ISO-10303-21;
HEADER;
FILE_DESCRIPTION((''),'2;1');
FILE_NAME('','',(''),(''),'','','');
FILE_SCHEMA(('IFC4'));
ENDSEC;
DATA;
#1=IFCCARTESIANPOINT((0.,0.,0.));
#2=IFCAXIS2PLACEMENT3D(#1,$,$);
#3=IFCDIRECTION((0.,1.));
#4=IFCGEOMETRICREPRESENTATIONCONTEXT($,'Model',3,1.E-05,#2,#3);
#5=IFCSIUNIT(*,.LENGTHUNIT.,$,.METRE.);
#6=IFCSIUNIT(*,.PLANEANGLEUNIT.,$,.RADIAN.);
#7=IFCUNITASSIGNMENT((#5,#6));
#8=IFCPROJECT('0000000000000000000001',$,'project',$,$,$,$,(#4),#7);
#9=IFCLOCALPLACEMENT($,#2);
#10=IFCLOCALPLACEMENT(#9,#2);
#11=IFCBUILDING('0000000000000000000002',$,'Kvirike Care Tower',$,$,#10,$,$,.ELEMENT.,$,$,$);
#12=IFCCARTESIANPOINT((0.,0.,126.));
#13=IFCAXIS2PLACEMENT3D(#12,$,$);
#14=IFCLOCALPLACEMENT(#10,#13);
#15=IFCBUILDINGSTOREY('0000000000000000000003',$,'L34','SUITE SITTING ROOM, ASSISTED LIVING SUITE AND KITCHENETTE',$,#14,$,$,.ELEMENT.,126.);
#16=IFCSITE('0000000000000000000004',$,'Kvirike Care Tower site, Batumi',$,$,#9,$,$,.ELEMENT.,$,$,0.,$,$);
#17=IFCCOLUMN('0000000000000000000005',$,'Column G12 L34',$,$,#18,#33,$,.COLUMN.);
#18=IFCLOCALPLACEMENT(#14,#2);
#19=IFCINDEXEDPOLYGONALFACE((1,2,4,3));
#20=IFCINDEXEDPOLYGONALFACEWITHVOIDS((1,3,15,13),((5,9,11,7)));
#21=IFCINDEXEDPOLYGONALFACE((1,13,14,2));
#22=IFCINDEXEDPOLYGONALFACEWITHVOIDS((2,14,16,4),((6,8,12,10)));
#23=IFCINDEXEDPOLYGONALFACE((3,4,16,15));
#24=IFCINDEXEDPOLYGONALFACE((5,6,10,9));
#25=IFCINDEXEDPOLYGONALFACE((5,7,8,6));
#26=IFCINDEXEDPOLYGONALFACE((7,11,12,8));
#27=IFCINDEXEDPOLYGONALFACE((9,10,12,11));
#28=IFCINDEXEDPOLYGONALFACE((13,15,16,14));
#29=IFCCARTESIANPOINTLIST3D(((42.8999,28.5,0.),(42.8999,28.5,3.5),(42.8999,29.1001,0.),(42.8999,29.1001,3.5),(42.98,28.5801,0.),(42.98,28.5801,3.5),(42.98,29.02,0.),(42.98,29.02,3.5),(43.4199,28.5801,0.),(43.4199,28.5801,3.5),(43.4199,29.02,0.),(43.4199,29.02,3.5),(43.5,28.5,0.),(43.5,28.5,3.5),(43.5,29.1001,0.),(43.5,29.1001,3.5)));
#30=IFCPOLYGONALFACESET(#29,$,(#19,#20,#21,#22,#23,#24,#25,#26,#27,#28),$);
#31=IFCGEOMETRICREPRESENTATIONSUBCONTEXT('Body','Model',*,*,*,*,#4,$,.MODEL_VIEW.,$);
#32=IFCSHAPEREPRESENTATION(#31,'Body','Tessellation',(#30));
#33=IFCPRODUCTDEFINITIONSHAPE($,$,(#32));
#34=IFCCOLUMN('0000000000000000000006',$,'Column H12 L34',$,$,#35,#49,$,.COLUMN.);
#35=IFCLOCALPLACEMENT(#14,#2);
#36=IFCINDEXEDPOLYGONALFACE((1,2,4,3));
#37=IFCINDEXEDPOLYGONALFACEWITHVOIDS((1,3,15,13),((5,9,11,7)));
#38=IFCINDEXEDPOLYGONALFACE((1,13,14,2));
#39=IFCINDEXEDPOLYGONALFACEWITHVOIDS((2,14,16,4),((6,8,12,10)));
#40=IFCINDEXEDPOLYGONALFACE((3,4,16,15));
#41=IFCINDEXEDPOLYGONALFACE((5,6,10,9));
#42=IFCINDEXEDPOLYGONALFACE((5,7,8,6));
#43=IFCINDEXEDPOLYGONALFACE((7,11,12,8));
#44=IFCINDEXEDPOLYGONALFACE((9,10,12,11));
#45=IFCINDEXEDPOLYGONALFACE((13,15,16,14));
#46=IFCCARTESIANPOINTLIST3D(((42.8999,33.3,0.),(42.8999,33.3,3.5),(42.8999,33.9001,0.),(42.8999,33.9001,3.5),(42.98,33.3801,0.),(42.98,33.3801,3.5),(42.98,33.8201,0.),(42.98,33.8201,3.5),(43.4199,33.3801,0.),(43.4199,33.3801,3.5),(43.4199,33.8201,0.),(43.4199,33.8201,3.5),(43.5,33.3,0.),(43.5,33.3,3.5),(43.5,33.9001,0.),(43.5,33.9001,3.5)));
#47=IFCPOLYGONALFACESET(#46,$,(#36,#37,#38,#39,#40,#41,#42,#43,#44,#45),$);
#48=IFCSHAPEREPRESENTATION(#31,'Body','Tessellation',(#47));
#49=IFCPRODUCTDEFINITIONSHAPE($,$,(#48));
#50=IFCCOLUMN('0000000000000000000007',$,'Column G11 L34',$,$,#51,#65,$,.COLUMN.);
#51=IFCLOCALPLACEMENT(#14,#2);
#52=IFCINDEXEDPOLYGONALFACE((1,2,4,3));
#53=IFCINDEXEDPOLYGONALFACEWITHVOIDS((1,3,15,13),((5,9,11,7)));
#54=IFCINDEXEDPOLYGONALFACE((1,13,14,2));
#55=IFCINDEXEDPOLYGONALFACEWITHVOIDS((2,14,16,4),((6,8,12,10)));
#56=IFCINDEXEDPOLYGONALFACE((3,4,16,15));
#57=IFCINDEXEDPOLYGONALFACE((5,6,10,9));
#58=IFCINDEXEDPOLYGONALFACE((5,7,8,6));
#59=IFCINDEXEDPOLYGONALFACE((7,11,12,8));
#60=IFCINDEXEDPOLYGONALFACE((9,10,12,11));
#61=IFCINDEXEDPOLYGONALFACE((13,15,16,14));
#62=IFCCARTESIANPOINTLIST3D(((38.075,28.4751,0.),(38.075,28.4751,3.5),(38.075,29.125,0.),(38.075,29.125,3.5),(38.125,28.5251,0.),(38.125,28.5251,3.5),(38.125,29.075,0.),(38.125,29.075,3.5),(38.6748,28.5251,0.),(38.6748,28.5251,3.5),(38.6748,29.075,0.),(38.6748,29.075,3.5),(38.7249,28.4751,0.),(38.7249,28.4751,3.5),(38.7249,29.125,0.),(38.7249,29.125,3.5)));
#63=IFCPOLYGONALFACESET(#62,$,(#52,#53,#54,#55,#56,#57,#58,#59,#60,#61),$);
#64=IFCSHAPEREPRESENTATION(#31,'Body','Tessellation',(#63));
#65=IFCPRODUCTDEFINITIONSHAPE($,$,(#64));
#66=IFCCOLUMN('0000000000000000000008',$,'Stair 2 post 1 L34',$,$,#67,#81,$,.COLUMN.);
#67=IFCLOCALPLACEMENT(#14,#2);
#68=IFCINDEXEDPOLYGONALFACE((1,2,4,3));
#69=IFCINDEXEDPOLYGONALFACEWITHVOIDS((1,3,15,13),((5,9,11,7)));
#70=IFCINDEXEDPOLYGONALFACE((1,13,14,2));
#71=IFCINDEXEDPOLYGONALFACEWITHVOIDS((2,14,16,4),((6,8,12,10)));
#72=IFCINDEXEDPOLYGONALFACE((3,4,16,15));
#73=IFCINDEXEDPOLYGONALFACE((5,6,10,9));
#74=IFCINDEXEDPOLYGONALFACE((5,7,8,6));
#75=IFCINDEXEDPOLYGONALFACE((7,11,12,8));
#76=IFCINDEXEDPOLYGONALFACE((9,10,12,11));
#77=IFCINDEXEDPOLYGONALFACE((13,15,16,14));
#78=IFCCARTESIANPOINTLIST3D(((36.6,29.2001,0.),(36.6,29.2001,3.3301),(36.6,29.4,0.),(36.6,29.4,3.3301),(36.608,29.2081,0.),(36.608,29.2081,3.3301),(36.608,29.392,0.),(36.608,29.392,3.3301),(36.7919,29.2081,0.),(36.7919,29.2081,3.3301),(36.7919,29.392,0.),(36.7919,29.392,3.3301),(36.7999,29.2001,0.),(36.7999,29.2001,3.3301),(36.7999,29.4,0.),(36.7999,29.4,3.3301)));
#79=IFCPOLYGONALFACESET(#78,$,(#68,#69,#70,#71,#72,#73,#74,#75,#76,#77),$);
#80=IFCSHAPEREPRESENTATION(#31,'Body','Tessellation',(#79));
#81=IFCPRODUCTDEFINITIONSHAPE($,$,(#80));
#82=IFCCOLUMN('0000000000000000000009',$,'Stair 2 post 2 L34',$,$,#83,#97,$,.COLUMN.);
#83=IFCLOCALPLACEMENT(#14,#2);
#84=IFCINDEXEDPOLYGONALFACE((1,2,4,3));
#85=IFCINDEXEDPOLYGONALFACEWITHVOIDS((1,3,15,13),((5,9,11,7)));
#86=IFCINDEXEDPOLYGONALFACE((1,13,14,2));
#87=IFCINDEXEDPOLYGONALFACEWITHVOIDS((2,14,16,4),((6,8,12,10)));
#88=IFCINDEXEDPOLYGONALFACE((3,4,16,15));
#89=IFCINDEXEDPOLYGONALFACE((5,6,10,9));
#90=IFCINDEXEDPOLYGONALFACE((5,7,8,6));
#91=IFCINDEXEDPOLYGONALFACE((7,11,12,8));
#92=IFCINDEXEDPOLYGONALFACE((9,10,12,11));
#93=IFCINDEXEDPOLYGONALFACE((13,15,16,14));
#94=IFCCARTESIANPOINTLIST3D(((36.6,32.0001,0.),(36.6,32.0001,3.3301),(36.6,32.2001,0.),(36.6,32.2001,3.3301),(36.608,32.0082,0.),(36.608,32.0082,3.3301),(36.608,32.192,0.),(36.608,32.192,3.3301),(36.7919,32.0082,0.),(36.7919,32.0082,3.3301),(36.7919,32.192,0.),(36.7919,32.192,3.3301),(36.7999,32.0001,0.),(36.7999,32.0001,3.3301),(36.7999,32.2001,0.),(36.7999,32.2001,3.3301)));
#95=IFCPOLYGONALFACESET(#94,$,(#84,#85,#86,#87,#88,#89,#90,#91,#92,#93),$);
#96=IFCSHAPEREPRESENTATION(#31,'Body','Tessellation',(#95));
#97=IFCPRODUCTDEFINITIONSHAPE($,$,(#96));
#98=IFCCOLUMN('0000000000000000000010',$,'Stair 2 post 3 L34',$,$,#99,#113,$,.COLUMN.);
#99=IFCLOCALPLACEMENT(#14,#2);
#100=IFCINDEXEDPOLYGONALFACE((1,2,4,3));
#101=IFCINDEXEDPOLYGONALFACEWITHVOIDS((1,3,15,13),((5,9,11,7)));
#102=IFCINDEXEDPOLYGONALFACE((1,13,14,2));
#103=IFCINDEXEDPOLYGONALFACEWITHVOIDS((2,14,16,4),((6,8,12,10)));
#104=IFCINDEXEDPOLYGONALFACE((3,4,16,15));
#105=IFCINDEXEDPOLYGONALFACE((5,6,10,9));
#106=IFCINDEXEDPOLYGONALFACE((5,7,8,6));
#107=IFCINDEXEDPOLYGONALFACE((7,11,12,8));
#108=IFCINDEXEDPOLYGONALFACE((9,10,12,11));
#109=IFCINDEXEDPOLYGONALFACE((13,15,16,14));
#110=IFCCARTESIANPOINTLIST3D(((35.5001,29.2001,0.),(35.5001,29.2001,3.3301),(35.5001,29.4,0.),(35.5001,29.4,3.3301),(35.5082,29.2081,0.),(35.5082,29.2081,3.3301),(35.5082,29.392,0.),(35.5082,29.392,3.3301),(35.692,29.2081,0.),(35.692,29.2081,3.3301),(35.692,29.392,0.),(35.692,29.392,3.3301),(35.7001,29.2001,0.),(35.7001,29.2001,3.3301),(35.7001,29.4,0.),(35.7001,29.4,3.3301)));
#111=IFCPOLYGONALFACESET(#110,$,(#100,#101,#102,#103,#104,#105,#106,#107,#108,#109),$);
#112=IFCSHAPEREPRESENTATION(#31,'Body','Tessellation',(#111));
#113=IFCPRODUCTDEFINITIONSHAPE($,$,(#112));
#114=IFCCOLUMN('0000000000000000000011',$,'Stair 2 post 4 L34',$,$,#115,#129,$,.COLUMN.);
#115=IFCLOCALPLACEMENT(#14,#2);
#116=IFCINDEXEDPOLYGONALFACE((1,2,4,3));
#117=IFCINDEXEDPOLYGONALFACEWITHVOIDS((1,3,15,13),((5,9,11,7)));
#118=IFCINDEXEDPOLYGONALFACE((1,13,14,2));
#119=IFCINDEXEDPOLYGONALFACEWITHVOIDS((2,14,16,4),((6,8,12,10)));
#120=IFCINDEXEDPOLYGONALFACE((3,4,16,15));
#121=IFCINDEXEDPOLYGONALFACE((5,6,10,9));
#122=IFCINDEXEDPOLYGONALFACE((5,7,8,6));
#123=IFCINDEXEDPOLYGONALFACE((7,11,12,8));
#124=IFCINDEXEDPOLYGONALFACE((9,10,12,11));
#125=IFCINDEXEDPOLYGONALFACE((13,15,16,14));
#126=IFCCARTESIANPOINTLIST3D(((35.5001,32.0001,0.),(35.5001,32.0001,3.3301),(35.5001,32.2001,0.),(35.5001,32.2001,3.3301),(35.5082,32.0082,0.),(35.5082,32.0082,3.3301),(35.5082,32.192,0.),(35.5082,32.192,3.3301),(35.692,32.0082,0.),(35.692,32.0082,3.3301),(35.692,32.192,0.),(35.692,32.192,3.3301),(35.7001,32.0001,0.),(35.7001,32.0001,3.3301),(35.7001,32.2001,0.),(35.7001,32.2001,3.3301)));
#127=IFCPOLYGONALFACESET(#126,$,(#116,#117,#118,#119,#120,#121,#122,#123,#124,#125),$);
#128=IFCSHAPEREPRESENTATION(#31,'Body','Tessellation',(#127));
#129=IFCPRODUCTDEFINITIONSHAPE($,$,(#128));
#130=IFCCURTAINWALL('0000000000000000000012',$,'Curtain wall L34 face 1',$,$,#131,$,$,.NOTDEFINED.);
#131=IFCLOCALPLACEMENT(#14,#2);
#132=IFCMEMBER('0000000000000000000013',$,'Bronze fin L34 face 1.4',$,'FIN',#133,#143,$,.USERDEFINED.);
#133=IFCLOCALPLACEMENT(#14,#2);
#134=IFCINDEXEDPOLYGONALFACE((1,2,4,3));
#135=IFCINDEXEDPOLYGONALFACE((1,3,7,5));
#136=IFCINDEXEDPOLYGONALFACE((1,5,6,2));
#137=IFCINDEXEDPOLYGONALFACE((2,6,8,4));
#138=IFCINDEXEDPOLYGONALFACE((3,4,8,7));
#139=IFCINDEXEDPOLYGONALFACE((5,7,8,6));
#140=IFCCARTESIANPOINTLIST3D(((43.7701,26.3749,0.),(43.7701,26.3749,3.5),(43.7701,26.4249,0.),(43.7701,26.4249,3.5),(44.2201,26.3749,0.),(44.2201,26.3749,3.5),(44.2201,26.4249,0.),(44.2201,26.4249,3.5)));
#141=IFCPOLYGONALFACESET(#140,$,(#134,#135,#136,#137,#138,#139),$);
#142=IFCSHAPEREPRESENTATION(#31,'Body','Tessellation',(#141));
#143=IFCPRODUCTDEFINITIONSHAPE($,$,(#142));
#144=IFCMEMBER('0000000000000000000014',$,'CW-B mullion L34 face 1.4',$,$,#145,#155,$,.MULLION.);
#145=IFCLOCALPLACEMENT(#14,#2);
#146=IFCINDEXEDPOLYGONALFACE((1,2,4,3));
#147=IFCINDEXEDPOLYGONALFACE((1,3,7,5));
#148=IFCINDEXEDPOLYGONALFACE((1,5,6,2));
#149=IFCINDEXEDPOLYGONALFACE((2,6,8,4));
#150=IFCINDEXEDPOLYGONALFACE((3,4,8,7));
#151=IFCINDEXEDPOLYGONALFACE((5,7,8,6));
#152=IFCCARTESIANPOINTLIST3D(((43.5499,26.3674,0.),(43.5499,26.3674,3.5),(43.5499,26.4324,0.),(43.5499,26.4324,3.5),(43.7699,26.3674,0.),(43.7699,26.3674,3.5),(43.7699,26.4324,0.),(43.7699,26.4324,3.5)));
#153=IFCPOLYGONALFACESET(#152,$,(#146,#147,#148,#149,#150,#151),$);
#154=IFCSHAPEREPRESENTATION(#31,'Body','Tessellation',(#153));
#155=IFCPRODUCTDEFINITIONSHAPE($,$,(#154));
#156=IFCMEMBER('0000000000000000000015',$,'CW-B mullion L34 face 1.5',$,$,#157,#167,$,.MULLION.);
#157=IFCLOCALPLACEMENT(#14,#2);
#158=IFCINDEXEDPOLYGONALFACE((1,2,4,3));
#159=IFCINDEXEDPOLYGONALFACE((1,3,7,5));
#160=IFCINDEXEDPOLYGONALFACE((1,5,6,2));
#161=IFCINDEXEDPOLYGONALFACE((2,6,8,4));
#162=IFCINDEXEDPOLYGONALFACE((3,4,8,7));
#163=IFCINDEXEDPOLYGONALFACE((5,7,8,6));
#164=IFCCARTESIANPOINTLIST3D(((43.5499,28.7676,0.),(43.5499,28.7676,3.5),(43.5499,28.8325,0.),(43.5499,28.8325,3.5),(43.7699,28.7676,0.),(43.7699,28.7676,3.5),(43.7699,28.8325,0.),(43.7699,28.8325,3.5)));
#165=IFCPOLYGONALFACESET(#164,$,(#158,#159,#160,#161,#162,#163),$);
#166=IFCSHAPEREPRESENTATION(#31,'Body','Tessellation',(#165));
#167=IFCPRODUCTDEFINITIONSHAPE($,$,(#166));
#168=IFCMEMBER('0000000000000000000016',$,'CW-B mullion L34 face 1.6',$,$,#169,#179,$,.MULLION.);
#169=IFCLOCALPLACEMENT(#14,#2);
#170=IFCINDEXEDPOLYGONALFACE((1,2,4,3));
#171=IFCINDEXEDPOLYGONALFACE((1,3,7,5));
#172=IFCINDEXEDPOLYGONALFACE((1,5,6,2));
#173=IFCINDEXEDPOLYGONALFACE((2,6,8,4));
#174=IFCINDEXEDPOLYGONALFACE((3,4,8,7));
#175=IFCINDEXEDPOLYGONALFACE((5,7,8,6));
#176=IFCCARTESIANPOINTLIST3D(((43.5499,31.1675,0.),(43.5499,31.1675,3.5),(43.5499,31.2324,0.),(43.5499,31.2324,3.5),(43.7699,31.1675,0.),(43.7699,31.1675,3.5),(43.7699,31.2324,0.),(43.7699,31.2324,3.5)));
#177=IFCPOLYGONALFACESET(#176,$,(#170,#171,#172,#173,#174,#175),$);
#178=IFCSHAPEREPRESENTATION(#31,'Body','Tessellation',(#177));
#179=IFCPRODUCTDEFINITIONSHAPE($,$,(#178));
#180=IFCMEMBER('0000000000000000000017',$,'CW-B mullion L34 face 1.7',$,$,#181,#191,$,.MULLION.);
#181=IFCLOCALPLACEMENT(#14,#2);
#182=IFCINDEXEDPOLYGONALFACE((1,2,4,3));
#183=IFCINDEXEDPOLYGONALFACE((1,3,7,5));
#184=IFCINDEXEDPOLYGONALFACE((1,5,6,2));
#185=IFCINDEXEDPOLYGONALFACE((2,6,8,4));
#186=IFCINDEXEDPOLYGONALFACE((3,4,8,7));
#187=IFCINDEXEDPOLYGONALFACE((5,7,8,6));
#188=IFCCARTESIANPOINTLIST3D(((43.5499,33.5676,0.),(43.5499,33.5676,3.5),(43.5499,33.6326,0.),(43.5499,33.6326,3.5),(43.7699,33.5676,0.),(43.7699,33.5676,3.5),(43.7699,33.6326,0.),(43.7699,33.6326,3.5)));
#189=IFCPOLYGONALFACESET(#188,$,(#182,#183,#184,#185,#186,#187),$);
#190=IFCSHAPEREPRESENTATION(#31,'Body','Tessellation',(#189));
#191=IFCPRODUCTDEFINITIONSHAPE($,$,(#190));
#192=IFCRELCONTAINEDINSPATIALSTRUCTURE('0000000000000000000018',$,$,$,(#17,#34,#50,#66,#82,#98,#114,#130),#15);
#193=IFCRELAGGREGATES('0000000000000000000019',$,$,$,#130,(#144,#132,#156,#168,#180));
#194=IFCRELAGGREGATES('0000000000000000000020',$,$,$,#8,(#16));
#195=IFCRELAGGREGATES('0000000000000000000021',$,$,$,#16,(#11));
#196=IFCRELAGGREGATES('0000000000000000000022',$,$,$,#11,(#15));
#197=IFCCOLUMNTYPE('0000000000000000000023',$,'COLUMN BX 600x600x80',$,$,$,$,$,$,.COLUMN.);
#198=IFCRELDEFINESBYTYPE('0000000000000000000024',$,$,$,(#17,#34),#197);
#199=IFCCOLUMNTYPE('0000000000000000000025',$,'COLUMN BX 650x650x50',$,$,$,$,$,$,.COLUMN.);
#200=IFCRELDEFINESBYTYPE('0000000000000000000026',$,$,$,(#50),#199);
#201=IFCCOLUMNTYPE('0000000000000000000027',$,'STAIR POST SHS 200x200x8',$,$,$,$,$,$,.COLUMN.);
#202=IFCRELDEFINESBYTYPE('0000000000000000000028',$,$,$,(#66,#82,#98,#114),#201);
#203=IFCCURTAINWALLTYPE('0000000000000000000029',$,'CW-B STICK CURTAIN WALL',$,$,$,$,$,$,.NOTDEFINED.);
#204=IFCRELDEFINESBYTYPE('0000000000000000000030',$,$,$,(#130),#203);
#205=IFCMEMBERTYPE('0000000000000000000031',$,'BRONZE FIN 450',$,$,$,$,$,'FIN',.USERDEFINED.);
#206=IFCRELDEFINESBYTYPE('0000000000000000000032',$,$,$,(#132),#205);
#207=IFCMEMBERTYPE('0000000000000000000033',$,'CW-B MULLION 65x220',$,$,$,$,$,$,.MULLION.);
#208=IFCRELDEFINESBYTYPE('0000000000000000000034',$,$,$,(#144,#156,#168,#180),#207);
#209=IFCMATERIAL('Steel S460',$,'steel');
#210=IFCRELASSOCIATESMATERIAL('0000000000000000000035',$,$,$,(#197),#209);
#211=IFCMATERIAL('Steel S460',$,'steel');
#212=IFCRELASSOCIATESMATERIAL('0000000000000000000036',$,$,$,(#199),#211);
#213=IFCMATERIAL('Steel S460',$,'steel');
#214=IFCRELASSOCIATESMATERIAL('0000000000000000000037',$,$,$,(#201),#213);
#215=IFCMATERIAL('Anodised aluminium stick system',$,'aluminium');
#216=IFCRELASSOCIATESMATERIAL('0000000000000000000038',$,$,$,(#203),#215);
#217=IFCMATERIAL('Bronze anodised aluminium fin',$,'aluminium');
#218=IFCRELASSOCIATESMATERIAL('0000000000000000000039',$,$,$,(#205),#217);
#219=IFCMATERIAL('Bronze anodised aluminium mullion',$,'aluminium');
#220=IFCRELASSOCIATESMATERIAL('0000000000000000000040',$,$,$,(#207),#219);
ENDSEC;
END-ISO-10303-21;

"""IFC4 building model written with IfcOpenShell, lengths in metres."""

from ifc_helpers import new_model, si_unit, direction, frame, origin, origin_2d, place, context, subcontext, project, spatial, rectangle, hollow_rectangle, extrude, material, material_profile, profile_set, type_object, element, aggregate, save


model = new_model("IFC4")

# Units and contexts
model_context = context("Model", 3, precision=1e-05, world=origin(), true_north=direction((0.0, 1.0)))
body_context = subcontext(model_context, "Body", "Model", "MODEL_VIEW")
ifc_project = project(units=[si_unit("LENGTHUNIT", "METRE"), si_unit("PLANEANGLEUNIT", "RADIAN")], contexts=[model_context])

# Site, building, storey
site_placement = place(None, origin())
site = spatial("IfcSite", under=ifc_project, at=site_placement, Name="Kvirike Care Tower site, Batumi", CompositionType="ELEMENT", RefElevation=0.0)
building_placement = place(site_placement, origin())
building = spatial("IfcBuilding", under=site, at=building_placement, Name="Kvirike Care Tower", CompositionType="ELEMENT")
storey_placement = place(building_placement, frame((0.0, 0.0, 126.0)))
storey = spatial("IfcBuildingStorey", under=building, at=storey_placement, Name="L34", Description="SUITE SITTING ROOM, ASSISTED LIVING SUITE AND KITCHENETTE", CompositionType="ELEMENT", Elevation=126.0)

# Columns
ifc_material_1 = material(Name="Steel S460", Category="steel")
ifc_material_profile_1 = material_profile(ifc_material_1, hollow_rectangle(XDim=0.6001, YDim=0.6001, WallThickness=0.0801, at=origin_2d()), Name="BX 600x600x80")
ifc_profile_set_1 = profile_set([ifc_material_profile_1], Name="Steel S460")
column_type_1 = type_object("IfcColumnType", Name="COLUMN BX 600x600x80", PredefinedType="COLUMN", material=ifc_profile_set_1)
for number, where, z_axis, x_axis, name in (
    (1, (43.2, 28.8, 0.0), (0.0, 0.0, 1.0), (0.0, 1.0, 0.0), "Column G12 L34"),
    (2, (43.2, 33.6001, 0.0), (0.0, 0.0, 1.0), (1.0, 0.0, 0.0), "Column H12 L34"),
):
    element("IfcColumn", number, at=place(storey_placement, frame(where, z_axis=z_axis, x_axis=x_axis)), inside=storey, type_object=column_type_1, Name=name, PredefinedType="COLUMN", context=body_context, shape_type="SweptSolid", body=[
        extrude(hollow_rectangle(XDim=0.6001, YDim=0.6001, WallThickness=0.0801, at=origin_2d()), origin(), (0.0, 0.0, 1.0), 3.5),
    ])
ifc_material_2 = material(Name="Steel S460", Category="steel")
ifc_material_profile_2 = material_profile(ifc_material_2, hollow_rectangle(XDim=0.6499, YDim=0.6499, WallThickness=0.05, at=origin_2d()), Name="BX 650x650x50")
ifc_profile_set_2 = profile_set([ifc_material_profile_2], Name="Steel S460")
column_type_2 = type_object("IfcColumnType", Name="COLUMN BX 650x650x50", PredefinedType="COLUMN", material=ifc_profile_set_2)
column_placement = place(storey_placement, frame((38.3999, 28.8, 0.0), z_axis=(0.0, 0.0, 1.0), x_axis=(0.0, 1.0, 0.0)))
element("IfcColumn", 3, at=column_placement, inside=storey, type_object=column_type_2, Name="Column G11 L34", PredefinedType="COLUMN", context=body_context, shape_type="SweptSolid", body=[
    extrude(hollow_rectangle(XDim=0.6499, YDim=0.6499, WallThickness=0.05, at=origin_2d()), origin(), (0.0, 0.0, 1.0), 3.5),
])
ifc_material_3 = material(Name="Steel S460", Category="steel")
ifc_material_profile_3 = material_profile(ifc_material_3, hollow_rectangle(XDim=0.2, YDim=0.2, WallThickness=0.0081, at=origin_2d()), Name="SHS 200x200x8")
ifc_profile_set_3 = profile_set([ifc_material_profile_3], Name="Steel S460")
column_type_3 = type_object("IfcColumnType", Name="STAIR POST SHS 200x200x8", PredefinedType="COLUMN", material=ifc_profile_set_3)
for number, where, z_axis, x_axis, name in (
    (4, (36.7, 29.3, 0.0), (0.0, 0.0, 1.0), (1.0, 0.0, 0.0), "Stair 2 post 1 L34"),
    (5, (36.7, 32.1001, 0.0), (0.0, 0.0, 1.0), (1.0, 0.0, 0.0), "Stair 2 post 2 L34"),
    (6, (35.6001, 29.3, 0.0), (0.0, 0.0, 1.0), (1.0, 0.0, 0.0), "Stair 2 post 3 L34"),
    (7, (35.6001, 32.1001, 0.0), (0.0, 0.0, 1.0), (1.0, 0.0, 0.0), "Stair 2 post 4 L34"),
):
    element("IfcColumn", number, at=place(storey_placement, frame(where, z_axis=z_axis, x_axis=x_axis)), inside=storey, type_object=column_type_3, Name=name, PredefinedType="COLUMN", context=body_context, shape_type="SweptSolid", body=[
        extrude(hollow_rectangle(XDim=0.2, YDim=0.2, WallThickness=0.0081, at=origin_2d()), origin(), (0.0, 0.0, 1.0), 3.3301),
    ])

# Curtain wall, members
ifc_material_4 = material(Name="Anodised aluminium stick system", Category="aluminium")
curtain_wall_type = type_object("IfcCurtainWallType", Name="CW-B STICK CURTAIN WALL", PredefinedType="NOTDEFINED", material=ifc_material_4)
curtain_wall_placement = place(storey_placement, origin())
curtain_wall = element("IfcCurtainWall", 8, at=curtain_wall_placement, inside=storey, type_object=curtain_wall_type, Name="Curtain wall L34 face 1", PredefinedType="NOTDEFINED")
ifc_material_5 = material(Name="Bronze anodised aluminium fin", Category="aluminium")
ifc_material_profile_4 = material_profile(ifc_material_5, rectangle(XDim=0.05, YDim=0.45, at=origin_2d()), Name="BRONZE FIN 450")
ifc_profile_set_4 = profile_set([ifc_material_profile_4], Name="Bronze anodised aluminium fin")
member_type_1 = type_object("IfcMemberType", Name="BRONZE FIN 450", ElementType="FIN", PredefinedType="USERDEFINED", material=ifc_profile_set_4)
member_1_placement = place(storey_placement, frame((43.9951, 26.3999, 0.0), z_axis=(0.0, 0.0, 1.0), x_axis=(0.0, 1.0, 0.0)))
member_1 = element("IfcMember", 9, at=member_1_placement, type_object=member_type_1, Name="Bronze fin L34 face 1.4", ObjectType="FIN", PredefinedType="USERDEFINED", context=body_context, shape_type="SweptSolid", body=[
    extrude(rectangle(XDim=0.05, YDim=0.45, at=origin_2d()), origin(), (0.0, 0.0, 1.0), 3.5),
])
ifc_material_6 = material(Name="Bronze anodised aluminium mullion", Category="aluminium")
ifc_material_profile_5 = material_profile(ifc_material_6, rectangle(XDim=0.0649, YDim=0.22, at=origin_2d()), Name="CW-B MULLION 65x220")
ifc_profile_set_5 = profile_set([ifc_material_profile_5], Name="Bronze anodised aluminium mullion")
member_type_2 = type_object("IfcMemberType", Name="CW-B MULLION 65x220", PredefinedType="MULLION", material=ifc_profile_set_5)
member_2_placement = place(storey_placement, frame((43.6599, 26.3999, 0.0), z_axis=(0.0, 0.0, 1.0), x_axis=(0.0, 1.0, 0.0)))
member_2 = element("IfcMember", 10, at=member_2_placement, type_object=member_type_2, Name="CW-B mullion L34 face 1.4", PredefinedType="MULLION", context=body_context, shape_type="SweptSolid", body=[
    extrude(rectangle(XDim=0.0649, YDim=0.22, at=origin_2d()), origin(), (0.0, 0.0, 1.0), 3.5),
])
member_3_placement = place(storey_placement, frame((43.6599, 28.8, 0.0), z_axis=(0.0, 0.0, 1.0), x_axis=(0.0, 1.0, 0.0)))
member_3 = element("IfcMember", 11, at=member_3_placement, type_object=member_type_2, Name="CW-B mullion L34 face 1.5", PredefinedType="MULLION", context=body_context, shape_type="SweptSolid", body=[
    extrude(rectangle(XDim=0.0649, YDim=0.22, at=origin_2d()), origin(), (0.0, 0.0, 1.0), 3.5),
])
member_4_placement = place(storey_placement, frame((43.6599, 31.2, 0.0), z_axis=(0.0, 0.0, 1.0), x_axis=(0.0, 1.0, 0.0)))
member_4 = element("IfcMember", 12, at=member_4_placement, type_object=member_type_2, Name="CW-B mullion L34 face 1.6", PredefinedType="MULLION", context=body_context, shape_type="SweptSolid", body=[
    extrude(rectangle(XDim=0.0649, YDim=0.22, at=origin_2d()), origin(), (0.0, 0.0, 1.0), 3.5),
])
member_5_placement = place(storey_placement, frame((43.6599, 33.6001, 0.0), z_axis=(0.0, 0.0, 1.0), x_axis=(0.0, 1.0, 0.0)))
member_5 = element("IfcMember", 13, at=member_5_placement, type_object=member_type_2, Name="CW-B mullion L34 face 1.7", PredefinedType="MULLION", context=body_context, shape_type="SweptSolid", body=[
    extrude(rectangle(XDim=0.0649, YDim=0.22, at=origin_2d()), origin(), (0.0, 0.0, 1.0), 3.5),
])

aggregate(curtain_wall, [member_2, member_1, member_3, member_4, member_5])

save(model, "model.ifc")
